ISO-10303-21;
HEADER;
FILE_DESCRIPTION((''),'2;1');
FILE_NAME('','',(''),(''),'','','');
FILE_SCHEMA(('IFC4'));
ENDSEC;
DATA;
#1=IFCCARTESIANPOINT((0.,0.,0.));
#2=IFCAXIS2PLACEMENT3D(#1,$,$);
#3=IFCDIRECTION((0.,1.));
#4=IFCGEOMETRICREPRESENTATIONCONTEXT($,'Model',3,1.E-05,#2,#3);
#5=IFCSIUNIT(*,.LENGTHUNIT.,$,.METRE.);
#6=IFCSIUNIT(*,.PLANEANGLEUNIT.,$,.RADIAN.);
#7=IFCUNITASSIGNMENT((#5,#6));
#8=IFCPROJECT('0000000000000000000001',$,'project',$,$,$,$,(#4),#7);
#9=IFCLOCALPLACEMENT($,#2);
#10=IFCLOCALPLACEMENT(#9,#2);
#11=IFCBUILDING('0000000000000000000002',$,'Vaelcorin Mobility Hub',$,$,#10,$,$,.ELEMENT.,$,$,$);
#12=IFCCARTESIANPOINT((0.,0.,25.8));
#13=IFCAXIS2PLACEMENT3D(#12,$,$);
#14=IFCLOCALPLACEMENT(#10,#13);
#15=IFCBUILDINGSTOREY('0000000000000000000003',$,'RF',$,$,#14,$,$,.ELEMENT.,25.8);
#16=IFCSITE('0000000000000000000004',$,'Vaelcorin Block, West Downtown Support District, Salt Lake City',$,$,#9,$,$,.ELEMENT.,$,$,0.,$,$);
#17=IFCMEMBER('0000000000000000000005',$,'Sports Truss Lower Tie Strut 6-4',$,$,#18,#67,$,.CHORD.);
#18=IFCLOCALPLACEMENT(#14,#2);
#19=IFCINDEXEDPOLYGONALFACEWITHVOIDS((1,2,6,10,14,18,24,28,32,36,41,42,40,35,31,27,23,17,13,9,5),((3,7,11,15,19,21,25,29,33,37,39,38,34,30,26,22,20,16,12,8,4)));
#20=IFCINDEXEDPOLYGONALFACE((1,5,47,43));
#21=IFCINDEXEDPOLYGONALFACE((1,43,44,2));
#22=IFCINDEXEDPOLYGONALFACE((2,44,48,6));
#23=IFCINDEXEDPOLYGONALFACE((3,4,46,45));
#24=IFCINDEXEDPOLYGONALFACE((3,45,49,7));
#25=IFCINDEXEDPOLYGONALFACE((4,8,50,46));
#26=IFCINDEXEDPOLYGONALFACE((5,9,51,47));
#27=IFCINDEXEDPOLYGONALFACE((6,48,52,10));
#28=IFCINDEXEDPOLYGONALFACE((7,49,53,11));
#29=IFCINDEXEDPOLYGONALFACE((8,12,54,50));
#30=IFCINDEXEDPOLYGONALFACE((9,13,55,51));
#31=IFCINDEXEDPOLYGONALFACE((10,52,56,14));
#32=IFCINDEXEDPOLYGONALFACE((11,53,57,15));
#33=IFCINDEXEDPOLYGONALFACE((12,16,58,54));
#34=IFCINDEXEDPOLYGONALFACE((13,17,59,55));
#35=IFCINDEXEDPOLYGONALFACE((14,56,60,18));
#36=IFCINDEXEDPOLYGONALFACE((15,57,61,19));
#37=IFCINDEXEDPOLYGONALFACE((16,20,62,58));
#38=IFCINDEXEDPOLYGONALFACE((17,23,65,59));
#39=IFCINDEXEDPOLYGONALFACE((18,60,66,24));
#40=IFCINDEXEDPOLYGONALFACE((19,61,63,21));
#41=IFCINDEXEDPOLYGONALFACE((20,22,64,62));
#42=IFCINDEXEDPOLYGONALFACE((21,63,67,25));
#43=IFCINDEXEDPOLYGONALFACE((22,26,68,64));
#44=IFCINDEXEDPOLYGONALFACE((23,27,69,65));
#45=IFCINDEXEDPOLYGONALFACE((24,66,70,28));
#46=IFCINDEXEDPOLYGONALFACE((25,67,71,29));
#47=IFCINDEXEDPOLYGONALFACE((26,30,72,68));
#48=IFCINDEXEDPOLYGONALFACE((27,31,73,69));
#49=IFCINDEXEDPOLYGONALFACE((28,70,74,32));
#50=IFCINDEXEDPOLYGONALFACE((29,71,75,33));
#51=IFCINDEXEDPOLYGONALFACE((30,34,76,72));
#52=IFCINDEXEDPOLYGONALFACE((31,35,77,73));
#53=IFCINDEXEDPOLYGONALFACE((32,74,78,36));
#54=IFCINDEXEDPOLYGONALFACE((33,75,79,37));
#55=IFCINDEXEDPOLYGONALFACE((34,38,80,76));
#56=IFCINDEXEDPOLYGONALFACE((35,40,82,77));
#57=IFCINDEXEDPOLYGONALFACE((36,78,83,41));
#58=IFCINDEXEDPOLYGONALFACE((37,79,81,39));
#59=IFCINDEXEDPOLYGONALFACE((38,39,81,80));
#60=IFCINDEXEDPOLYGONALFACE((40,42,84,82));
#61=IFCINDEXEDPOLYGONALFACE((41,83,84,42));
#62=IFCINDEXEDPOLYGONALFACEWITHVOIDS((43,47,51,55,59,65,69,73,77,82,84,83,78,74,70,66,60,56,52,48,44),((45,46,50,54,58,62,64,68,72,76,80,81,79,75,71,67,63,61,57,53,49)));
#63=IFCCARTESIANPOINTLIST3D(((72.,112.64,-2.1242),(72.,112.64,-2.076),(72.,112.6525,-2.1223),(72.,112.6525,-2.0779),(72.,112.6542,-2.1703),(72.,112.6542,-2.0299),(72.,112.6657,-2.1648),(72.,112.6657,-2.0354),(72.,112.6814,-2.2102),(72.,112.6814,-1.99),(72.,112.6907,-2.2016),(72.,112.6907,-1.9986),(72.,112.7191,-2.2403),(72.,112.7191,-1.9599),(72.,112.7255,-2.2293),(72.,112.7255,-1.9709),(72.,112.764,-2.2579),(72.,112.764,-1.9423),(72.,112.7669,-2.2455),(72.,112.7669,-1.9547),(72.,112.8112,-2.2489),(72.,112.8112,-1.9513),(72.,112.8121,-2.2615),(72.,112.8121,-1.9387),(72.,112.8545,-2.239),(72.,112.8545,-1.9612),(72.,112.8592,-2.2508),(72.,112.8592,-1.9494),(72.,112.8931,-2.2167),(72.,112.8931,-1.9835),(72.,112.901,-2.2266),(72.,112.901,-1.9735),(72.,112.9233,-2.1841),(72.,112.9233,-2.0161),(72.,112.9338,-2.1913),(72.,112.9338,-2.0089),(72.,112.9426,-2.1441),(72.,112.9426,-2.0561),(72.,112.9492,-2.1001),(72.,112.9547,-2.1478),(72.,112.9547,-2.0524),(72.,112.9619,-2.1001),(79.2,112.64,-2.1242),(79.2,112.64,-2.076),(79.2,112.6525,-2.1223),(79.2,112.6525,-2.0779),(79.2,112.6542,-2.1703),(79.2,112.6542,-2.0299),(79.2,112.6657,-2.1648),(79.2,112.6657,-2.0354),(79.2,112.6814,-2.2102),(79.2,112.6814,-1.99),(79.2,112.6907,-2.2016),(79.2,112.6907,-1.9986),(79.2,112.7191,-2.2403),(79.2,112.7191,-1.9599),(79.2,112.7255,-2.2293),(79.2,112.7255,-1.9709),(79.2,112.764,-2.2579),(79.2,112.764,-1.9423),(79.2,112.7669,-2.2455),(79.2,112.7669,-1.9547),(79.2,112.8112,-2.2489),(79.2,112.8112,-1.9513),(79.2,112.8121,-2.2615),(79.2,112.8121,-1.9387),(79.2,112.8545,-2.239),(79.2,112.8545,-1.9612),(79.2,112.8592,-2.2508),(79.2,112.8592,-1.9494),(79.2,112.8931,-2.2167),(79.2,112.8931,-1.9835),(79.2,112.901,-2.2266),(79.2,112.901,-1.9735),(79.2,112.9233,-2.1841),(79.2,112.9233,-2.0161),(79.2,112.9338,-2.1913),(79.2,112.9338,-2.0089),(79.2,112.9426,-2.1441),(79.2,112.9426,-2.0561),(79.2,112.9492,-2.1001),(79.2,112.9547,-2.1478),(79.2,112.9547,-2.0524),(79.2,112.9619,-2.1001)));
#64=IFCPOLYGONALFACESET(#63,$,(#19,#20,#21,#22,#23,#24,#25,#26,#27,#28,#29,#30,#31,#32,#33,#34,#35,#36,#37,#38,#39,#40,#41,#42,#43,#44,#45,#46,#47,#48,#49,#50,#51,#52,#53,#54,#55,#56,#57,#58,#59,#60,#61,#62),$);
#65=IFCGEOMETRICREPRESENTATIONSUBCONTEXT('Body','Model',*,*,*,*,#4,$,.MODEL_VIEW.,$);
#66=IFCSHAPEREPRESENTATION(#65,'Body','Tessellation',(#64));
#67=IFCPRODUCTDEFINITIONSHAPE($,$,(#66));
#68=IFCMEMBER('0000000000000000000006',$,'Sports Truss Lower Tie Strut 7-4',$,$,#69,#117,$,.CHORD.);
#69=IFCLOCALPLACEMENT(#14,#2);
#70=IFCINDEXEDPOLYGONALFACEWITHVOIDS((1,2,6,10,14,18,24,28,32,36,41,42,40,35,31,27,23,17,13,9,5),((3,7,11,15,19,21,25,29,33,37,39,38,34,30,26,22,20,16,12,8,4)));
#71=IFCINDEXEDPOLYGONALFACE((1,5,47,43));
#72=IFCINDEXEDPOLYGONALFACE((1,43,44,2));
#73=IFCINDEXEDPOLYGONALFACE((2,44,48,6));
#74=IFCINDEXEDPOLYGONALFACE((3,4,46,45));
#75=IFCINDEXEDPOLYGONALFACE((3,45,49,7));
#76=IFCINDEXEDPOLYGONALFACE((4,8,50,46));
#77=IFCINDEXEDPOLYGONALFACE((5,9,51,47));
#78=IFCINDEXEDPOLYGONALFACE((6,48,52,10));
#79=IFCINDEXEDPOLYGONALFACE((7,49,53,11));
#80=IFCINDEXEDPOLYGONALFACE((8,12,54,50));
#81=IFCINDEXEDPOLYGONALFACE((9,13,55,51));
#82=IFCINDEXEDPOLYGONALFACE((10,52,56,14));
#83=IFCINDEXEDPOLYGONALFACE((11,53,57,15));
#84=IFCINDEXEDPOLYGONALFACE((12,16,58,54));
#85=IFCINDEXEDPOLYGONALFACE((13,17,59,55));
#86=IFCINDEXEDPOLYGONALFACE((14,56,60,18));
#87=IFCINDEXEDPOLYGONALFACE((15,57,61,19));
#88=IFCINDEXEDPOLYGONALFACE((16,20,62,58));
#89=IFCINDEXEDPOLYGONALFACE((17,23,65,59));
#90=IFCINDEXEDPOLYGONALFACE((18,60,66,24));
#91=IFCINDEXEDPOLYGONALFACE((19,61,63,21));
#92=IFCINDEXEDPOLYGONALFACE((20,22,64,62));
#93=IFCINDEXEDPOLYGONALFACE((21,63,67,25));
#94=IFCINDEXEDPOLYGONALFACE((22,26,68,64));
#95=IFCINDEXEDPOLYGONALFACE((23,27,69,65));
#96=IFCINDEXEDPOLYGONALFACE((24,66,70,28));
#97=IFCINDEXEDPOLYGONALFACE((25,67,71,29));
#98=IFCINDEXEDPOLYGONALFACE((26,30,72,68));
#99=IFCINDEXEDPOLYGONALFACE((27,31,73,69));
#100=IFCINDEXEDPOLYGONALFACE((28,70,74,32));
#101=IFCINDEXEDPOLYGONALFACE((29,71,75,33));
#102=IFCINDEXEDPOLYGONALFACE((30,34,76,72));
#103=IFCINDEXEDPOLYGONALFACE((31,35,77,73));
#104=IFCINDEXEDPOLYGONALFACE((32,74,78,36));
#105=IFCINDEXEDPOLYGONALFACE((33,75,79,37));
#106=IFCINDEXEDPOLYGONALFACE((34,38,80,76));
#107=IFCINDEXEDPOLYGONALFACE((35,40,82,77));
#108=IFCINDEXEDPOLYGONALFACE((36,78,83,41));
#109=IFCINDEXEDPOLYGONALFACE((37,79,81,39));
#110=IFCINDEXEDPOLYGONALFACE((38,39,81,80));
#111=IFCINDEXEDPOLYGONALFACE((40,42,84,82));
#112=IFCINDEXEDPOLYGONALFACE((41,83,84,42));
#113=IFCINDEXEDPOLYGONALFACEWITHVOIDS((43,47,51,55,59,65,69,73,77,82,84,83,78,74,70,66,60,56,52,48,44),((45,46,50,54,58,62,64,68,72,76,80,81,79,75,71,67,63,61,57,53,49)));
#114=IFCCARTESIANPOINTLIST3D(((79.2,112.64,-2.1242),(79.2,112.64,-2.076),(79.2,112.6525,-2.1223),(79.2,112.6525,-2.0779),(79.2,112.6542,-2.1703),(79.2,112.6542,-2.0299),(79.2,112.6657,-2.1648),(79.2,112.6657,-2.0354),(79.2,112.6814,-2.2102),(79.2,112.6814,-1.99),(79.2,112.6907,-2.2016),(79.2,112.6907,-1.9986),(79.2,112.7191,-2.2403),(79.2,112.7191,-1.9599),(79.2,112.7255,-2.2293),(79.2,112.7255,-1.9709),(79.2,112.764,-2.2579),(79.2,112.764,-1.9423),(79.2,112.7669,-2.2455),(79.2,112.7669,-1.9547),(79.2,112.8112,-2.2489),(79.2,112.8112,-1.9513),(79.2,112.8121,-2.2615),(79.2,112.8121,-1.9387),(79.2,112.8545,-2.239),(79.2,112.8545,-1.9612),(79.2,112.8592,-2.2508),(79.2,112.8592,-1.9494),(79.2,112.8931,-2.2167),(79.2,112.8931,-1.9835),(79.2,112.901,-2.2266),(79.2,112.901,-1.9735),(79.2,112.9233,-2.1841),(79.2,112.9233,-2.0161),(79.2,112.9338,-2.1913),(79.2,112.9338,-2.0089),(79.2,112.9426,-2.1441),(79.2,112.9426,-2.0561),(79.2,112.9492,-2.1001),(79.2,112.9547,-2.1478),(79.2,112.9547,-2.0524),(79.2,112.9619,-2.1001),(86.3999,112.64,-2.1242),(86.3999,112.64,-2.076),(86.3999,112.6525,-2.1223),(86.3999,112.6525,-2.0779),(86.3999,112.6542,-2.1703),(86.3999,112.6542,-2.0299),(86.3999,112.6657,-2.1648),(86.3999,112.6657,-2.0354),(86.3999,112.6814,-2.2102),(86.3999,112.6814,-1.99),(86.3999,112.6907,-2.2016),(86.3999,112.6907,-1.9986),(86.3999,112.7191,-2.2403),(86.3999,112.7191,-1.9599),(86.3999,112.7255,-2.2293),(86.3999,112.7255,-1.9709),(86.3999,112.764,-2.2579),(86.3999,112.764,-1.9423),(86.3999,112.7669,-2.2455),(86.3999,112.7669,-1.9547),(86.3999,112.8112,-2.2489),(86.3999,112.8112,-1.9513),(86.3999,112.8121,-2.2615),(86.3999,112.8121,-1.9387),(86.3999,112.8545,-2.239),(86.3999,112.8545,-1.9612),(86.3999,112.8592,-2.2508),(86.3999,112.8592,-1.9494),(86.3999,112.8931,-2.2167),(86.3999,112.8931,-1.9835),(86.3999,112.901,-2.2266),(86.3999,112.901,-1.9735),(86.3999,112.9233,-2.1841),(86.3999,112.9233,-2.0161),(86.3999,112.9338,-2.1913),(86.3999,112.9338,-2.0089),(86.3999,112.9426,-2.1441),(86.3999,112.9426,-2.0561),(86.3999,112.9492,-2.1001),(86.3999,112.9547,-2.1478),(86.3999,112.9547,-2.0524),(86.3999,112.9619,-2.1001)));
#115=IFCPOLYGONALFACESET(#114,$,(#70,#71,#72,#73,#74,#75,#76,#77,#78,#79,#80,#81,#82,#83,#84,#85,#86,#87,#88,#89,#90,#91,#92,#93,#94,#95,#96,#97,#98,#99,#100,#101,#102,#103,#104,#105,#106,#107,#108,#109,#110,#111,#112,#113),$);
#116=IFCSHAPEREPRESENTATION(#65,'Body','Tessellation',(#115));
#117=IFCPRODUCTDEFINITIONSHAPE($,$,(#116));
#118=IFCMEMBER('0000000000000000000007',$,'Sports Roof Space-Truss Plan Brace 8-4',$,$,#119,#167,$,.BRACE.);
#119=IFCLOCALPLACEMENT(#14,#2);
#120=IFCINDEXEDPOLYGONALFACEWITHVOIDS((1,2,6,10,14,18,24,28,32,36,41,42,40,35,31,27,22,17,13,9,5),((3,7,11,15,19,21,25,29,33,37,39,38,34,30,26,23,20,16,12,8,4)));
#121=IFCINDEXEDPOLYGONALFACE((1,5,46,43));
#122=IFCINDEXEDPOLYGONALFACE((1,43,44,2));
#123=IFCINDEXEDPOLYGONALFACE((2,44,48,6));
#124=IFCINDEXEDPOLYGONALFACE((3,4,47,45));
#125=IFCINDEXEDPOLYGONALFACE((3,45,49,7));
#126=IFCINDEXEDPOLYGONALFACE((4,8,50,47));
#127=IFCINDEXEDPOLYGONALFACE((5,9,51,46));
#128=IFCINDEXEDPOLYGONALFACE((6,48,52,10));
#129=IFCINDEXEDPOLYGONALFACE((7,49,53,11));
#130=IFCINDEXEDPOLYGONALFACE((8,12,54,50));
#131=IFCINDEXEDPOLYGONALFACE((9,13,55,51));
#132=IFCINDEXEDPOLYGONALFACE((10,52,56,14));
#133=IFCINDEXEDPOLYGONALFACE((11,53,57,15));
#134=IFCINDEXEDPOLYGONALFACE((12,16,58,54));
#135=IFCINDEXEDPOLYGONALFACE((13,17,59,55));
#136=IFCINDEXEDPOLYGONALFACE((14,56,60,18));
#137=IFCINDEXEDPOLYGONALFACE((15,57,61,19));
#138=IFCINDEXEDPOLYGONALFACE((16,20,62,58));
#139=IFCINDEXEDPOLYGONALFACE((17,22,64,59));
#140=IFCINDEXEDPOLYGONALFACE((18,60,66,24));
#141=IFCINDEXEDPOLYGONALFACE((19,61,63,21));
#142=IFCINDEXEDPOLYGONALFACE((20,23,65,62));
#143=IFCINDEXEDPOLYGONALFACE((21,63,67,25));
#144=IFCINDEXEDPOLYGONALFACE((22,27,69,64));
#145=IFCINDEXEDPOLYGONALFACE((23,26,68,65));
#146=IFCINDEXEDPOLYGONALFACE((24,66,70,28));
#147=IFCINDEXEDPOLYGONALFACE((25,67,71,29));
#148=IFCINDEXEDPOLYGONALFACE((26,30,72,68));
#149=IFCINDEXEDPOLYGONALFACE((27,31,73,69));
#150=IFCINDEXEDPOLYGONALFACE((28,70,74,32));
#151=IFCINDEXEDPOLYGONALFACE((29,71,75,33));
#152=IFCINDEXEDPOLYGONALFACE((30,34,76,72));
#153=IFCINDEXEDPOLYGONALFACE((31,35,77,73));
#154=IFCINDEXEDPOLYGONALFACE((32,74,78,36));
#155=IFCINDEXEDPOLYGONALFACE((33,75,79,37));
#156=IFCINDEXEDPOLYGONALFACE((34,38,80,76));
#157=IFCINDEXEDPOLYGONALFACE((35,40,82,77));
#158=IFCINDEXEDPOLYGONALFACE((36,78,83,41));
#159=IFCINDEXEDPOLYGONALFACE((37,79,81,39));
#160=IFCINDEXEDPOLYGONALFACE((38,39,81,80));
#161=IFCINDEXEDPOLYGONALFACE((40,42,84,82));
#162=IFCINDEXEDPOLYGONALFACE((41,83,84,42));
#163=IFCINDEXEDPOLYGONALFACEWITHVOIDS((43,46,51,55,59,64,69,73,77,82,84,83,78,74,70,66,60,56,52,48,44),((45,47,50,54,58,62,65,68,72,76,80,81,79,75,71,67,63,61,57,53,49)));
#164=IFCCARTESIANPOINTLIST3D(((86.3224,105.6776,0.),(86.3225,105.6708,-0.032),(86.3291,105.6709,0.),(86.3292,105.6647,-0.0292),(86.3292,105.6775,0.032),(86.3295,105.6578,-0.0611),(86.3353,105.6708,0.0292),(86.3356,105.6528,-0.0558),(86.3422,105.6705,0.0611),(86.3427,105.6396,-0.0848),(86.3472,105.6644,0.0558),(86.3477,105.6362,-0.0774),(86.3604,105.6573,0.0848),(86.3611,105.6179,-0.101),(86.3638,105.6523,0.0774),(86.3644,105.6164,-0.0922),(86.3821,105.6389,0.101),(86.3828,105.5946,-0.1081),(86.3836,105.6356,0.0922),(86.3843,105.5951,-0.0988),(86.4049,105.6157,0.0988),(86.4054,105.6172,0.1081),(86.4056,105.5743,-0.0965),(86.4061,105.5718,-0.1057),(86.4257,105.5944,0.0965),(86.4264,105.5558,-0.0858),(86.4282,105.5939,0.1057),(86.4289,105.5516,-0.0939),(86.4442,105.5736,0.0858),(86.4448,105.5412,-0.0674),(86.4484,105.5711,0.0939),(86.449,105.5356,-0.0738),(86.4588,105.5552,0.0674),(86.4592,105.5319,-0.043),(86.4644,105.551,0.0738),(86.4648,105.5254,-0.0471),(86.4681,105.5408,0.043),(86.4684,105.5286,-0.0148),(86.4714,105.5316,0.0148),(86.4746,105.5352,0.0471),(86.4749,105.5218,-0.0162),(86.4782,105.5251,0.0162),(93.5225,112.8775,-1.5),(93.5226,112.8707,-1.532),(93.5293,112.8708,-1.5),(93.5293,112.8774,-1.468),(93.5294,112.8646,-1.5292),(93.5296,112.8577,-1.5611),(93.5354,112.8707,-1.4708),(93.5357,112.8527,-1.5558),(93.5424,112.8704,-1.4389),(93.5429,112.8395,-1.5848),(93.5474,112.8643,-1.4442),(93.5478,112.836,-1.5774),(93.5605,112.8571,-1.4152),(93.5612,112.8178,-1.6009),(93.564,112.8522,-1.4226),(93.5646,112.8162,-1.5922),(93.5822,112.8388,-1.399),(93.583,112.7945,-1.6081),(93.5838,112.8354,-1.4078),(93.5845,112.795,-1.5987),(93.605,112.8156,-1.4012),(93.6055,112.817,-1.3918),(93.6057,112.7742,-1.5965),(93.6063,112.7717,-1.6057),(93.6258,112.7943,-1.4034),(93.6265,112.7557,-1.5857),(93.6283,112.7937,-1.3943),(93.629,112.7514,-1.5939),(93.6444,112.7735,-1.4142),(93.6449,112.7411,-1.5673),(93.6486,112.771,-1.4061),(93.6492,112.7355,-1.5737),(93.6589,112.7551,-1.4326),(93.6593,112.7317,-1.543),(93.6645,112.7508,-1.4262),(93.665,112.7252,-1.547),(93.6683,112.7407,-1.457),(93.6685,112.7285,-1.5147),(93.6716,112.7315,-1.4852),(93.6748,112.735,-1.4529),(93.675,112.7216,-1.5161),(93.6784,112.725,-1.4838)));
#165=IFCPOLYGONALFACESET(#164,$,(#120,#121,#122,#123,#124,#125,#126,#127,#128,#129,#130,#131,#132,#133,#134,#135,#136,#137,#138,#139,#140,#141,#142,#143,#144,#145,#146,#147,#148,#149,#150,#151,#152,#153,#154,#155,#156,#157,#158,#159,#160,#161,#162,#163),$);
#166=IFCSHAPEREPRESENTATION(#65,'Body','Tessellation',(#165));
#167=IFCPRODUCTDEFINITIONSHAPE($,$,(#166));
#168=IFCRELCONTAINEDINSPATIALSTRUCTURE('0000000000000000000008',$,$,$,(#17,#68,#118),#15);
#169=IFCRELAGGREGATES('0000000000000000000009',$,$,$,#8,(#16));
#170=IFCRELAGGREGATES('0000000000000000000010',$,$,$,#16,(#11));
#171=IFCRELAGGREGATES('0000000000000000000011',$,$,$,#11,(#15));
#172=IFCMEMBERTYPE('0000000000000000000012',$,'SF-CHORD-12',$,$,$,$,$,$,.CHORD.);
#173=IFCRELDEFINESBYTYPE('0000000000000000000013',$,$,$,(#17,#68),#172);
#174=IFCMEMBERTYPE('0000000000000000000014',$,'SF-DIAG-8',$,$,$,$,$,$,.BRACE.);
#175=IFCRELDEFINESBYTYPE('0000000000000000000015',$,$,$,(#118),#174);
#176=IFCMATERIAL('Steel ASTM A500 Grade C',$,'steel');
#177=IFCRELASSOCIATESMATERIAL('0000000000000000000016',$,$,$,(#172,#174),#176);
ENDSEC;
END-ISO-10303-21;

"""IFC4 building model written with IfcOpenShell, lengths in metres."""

from ifc_helpers import new_model, si_unit, direction, frame, origin, origin_2d, place, context, subcontext, project, spatial, hollow_circle, extrude, material, material_profile, profile_set, type_object, element, save


model = new_model("IFC4")

# Units and contexts
model_context = context("Model", 3, precision=1e-05, world=origin(), true_north=direction((0.0, 1.0)))
body_context = subcontext(model_context, "Body", "Model", "MODEL_VIEW")
ifc_project = project(units=[si_unit("LENGTHUNIT", "METRE"), si_unit("PLANEANGLEUNIT", "RADIAN")], contexts=[model_context])

# Site, building, storey
site_placement = place(None, origin())
site = spatial("IfcSite", under=ifc_project, at=site_placement, Name="Vaelcorin Block, West Downtown Support District, Salt Lake City", CompositionType="ELEMENT", RefElevation=0.0)
building_placement = place(site_placement, origin())
building = spatial("IfcBuilding", under=site, at=building_placement, Name="Vaelcorin Mobility Hub", CompositionType="ELEMENT")
storey_placement = place(building_placement, frame((0.0, 0.0, 25.8)))
storey = spatial("IfcBuildingStorey", under=building, at=storey_placement, Name="RF", CompositionType="ELEMENT", Elevation=25.8)

# Members
ifc_material_1 = material(Name="Steel ASTM A500 Grade C", Category="steel")
ifc_material_profile_1 = material_profile(ifc_material_1, hollow_circle(Radius=0.1619, WallThickness=0.0127, at=origin_2d()), Name="HSS12.750X0.500")
ifc_profile_set_1 = profile_set([ifc_material_profile_1], Name="Steel ASTM A500 Grade C")
member_type_1 = type_object("IfcMemberType", Name="SF-CHORD-12", PredefinedType="CHORD", material=ifc_profile_set_1)
for number, where, z_axis, x_axis, name in (
    (1, (72.0, 112.8, -2.1001), (1.0, 0.0, 0.0), (0.0, 1.0, 0.0), "Sports Truss Lower Tie Strut 6-4"),
    (2, (79.2, 112.8, -2.1001), (1.0, 0.0, 0.0), (0.0, 1.0, 0.0), "Sports Truss Lower Tie Strut 7-4"),
):
    element("IfcMember", number, at=place(storey_placement, frame(where, z_axis=z_axis, x_axis=x_axis)), inside=storey, type_object=member_type_1, Name=name, PredefinedType="CHORD", context=body_context, shape_type="SweptSolid", body=[
        extrude(hollow_circle(Radius=0.1619, WallThickness=0.0127, at=origin_2d()), origin(), (0.0, 0.0, 1.0), 7.2),
    ])
ifc_material_profile_2 = material_profile(ifc_material_1, hollow_circle(Radius=0.1096, WallThickness=0.0095, at=origin_2d()), Name="HSS8.625X0.375")
ifc_profile_set_2 = profile_set([ifc_material_profile_2], Name="Steel ASTM A500 Grade C")
member_type_2 = type_object("IfcMemberType", Name="SF-DIAG-8", PredefinedType="BRACE", material=ifc_profile_set_2)
member_placement = place(storey_placement, frame((86.3999, 105.6001, 0.0), z_axis=(0.699569, 0.699545, -0.14574), x_axis=(-0.707095, 0.707119, 0.0)))
element("IfcMember", 3, at=member_placement, inside=storey, type_object=member_type_2, Name="Sports Roof Space-Truss Plan Brace 8-4", PredefinedType="BRACE", context=body_context, shape_type="SweptSolid", body=[
    extrude(hollow_circle(Radius=0.1096, WallThickness=0.0095, at=origin_2d()), origin(), (0.0, 0.0, 1.0), 10.2922),
])

save(model, "model.ifc")
